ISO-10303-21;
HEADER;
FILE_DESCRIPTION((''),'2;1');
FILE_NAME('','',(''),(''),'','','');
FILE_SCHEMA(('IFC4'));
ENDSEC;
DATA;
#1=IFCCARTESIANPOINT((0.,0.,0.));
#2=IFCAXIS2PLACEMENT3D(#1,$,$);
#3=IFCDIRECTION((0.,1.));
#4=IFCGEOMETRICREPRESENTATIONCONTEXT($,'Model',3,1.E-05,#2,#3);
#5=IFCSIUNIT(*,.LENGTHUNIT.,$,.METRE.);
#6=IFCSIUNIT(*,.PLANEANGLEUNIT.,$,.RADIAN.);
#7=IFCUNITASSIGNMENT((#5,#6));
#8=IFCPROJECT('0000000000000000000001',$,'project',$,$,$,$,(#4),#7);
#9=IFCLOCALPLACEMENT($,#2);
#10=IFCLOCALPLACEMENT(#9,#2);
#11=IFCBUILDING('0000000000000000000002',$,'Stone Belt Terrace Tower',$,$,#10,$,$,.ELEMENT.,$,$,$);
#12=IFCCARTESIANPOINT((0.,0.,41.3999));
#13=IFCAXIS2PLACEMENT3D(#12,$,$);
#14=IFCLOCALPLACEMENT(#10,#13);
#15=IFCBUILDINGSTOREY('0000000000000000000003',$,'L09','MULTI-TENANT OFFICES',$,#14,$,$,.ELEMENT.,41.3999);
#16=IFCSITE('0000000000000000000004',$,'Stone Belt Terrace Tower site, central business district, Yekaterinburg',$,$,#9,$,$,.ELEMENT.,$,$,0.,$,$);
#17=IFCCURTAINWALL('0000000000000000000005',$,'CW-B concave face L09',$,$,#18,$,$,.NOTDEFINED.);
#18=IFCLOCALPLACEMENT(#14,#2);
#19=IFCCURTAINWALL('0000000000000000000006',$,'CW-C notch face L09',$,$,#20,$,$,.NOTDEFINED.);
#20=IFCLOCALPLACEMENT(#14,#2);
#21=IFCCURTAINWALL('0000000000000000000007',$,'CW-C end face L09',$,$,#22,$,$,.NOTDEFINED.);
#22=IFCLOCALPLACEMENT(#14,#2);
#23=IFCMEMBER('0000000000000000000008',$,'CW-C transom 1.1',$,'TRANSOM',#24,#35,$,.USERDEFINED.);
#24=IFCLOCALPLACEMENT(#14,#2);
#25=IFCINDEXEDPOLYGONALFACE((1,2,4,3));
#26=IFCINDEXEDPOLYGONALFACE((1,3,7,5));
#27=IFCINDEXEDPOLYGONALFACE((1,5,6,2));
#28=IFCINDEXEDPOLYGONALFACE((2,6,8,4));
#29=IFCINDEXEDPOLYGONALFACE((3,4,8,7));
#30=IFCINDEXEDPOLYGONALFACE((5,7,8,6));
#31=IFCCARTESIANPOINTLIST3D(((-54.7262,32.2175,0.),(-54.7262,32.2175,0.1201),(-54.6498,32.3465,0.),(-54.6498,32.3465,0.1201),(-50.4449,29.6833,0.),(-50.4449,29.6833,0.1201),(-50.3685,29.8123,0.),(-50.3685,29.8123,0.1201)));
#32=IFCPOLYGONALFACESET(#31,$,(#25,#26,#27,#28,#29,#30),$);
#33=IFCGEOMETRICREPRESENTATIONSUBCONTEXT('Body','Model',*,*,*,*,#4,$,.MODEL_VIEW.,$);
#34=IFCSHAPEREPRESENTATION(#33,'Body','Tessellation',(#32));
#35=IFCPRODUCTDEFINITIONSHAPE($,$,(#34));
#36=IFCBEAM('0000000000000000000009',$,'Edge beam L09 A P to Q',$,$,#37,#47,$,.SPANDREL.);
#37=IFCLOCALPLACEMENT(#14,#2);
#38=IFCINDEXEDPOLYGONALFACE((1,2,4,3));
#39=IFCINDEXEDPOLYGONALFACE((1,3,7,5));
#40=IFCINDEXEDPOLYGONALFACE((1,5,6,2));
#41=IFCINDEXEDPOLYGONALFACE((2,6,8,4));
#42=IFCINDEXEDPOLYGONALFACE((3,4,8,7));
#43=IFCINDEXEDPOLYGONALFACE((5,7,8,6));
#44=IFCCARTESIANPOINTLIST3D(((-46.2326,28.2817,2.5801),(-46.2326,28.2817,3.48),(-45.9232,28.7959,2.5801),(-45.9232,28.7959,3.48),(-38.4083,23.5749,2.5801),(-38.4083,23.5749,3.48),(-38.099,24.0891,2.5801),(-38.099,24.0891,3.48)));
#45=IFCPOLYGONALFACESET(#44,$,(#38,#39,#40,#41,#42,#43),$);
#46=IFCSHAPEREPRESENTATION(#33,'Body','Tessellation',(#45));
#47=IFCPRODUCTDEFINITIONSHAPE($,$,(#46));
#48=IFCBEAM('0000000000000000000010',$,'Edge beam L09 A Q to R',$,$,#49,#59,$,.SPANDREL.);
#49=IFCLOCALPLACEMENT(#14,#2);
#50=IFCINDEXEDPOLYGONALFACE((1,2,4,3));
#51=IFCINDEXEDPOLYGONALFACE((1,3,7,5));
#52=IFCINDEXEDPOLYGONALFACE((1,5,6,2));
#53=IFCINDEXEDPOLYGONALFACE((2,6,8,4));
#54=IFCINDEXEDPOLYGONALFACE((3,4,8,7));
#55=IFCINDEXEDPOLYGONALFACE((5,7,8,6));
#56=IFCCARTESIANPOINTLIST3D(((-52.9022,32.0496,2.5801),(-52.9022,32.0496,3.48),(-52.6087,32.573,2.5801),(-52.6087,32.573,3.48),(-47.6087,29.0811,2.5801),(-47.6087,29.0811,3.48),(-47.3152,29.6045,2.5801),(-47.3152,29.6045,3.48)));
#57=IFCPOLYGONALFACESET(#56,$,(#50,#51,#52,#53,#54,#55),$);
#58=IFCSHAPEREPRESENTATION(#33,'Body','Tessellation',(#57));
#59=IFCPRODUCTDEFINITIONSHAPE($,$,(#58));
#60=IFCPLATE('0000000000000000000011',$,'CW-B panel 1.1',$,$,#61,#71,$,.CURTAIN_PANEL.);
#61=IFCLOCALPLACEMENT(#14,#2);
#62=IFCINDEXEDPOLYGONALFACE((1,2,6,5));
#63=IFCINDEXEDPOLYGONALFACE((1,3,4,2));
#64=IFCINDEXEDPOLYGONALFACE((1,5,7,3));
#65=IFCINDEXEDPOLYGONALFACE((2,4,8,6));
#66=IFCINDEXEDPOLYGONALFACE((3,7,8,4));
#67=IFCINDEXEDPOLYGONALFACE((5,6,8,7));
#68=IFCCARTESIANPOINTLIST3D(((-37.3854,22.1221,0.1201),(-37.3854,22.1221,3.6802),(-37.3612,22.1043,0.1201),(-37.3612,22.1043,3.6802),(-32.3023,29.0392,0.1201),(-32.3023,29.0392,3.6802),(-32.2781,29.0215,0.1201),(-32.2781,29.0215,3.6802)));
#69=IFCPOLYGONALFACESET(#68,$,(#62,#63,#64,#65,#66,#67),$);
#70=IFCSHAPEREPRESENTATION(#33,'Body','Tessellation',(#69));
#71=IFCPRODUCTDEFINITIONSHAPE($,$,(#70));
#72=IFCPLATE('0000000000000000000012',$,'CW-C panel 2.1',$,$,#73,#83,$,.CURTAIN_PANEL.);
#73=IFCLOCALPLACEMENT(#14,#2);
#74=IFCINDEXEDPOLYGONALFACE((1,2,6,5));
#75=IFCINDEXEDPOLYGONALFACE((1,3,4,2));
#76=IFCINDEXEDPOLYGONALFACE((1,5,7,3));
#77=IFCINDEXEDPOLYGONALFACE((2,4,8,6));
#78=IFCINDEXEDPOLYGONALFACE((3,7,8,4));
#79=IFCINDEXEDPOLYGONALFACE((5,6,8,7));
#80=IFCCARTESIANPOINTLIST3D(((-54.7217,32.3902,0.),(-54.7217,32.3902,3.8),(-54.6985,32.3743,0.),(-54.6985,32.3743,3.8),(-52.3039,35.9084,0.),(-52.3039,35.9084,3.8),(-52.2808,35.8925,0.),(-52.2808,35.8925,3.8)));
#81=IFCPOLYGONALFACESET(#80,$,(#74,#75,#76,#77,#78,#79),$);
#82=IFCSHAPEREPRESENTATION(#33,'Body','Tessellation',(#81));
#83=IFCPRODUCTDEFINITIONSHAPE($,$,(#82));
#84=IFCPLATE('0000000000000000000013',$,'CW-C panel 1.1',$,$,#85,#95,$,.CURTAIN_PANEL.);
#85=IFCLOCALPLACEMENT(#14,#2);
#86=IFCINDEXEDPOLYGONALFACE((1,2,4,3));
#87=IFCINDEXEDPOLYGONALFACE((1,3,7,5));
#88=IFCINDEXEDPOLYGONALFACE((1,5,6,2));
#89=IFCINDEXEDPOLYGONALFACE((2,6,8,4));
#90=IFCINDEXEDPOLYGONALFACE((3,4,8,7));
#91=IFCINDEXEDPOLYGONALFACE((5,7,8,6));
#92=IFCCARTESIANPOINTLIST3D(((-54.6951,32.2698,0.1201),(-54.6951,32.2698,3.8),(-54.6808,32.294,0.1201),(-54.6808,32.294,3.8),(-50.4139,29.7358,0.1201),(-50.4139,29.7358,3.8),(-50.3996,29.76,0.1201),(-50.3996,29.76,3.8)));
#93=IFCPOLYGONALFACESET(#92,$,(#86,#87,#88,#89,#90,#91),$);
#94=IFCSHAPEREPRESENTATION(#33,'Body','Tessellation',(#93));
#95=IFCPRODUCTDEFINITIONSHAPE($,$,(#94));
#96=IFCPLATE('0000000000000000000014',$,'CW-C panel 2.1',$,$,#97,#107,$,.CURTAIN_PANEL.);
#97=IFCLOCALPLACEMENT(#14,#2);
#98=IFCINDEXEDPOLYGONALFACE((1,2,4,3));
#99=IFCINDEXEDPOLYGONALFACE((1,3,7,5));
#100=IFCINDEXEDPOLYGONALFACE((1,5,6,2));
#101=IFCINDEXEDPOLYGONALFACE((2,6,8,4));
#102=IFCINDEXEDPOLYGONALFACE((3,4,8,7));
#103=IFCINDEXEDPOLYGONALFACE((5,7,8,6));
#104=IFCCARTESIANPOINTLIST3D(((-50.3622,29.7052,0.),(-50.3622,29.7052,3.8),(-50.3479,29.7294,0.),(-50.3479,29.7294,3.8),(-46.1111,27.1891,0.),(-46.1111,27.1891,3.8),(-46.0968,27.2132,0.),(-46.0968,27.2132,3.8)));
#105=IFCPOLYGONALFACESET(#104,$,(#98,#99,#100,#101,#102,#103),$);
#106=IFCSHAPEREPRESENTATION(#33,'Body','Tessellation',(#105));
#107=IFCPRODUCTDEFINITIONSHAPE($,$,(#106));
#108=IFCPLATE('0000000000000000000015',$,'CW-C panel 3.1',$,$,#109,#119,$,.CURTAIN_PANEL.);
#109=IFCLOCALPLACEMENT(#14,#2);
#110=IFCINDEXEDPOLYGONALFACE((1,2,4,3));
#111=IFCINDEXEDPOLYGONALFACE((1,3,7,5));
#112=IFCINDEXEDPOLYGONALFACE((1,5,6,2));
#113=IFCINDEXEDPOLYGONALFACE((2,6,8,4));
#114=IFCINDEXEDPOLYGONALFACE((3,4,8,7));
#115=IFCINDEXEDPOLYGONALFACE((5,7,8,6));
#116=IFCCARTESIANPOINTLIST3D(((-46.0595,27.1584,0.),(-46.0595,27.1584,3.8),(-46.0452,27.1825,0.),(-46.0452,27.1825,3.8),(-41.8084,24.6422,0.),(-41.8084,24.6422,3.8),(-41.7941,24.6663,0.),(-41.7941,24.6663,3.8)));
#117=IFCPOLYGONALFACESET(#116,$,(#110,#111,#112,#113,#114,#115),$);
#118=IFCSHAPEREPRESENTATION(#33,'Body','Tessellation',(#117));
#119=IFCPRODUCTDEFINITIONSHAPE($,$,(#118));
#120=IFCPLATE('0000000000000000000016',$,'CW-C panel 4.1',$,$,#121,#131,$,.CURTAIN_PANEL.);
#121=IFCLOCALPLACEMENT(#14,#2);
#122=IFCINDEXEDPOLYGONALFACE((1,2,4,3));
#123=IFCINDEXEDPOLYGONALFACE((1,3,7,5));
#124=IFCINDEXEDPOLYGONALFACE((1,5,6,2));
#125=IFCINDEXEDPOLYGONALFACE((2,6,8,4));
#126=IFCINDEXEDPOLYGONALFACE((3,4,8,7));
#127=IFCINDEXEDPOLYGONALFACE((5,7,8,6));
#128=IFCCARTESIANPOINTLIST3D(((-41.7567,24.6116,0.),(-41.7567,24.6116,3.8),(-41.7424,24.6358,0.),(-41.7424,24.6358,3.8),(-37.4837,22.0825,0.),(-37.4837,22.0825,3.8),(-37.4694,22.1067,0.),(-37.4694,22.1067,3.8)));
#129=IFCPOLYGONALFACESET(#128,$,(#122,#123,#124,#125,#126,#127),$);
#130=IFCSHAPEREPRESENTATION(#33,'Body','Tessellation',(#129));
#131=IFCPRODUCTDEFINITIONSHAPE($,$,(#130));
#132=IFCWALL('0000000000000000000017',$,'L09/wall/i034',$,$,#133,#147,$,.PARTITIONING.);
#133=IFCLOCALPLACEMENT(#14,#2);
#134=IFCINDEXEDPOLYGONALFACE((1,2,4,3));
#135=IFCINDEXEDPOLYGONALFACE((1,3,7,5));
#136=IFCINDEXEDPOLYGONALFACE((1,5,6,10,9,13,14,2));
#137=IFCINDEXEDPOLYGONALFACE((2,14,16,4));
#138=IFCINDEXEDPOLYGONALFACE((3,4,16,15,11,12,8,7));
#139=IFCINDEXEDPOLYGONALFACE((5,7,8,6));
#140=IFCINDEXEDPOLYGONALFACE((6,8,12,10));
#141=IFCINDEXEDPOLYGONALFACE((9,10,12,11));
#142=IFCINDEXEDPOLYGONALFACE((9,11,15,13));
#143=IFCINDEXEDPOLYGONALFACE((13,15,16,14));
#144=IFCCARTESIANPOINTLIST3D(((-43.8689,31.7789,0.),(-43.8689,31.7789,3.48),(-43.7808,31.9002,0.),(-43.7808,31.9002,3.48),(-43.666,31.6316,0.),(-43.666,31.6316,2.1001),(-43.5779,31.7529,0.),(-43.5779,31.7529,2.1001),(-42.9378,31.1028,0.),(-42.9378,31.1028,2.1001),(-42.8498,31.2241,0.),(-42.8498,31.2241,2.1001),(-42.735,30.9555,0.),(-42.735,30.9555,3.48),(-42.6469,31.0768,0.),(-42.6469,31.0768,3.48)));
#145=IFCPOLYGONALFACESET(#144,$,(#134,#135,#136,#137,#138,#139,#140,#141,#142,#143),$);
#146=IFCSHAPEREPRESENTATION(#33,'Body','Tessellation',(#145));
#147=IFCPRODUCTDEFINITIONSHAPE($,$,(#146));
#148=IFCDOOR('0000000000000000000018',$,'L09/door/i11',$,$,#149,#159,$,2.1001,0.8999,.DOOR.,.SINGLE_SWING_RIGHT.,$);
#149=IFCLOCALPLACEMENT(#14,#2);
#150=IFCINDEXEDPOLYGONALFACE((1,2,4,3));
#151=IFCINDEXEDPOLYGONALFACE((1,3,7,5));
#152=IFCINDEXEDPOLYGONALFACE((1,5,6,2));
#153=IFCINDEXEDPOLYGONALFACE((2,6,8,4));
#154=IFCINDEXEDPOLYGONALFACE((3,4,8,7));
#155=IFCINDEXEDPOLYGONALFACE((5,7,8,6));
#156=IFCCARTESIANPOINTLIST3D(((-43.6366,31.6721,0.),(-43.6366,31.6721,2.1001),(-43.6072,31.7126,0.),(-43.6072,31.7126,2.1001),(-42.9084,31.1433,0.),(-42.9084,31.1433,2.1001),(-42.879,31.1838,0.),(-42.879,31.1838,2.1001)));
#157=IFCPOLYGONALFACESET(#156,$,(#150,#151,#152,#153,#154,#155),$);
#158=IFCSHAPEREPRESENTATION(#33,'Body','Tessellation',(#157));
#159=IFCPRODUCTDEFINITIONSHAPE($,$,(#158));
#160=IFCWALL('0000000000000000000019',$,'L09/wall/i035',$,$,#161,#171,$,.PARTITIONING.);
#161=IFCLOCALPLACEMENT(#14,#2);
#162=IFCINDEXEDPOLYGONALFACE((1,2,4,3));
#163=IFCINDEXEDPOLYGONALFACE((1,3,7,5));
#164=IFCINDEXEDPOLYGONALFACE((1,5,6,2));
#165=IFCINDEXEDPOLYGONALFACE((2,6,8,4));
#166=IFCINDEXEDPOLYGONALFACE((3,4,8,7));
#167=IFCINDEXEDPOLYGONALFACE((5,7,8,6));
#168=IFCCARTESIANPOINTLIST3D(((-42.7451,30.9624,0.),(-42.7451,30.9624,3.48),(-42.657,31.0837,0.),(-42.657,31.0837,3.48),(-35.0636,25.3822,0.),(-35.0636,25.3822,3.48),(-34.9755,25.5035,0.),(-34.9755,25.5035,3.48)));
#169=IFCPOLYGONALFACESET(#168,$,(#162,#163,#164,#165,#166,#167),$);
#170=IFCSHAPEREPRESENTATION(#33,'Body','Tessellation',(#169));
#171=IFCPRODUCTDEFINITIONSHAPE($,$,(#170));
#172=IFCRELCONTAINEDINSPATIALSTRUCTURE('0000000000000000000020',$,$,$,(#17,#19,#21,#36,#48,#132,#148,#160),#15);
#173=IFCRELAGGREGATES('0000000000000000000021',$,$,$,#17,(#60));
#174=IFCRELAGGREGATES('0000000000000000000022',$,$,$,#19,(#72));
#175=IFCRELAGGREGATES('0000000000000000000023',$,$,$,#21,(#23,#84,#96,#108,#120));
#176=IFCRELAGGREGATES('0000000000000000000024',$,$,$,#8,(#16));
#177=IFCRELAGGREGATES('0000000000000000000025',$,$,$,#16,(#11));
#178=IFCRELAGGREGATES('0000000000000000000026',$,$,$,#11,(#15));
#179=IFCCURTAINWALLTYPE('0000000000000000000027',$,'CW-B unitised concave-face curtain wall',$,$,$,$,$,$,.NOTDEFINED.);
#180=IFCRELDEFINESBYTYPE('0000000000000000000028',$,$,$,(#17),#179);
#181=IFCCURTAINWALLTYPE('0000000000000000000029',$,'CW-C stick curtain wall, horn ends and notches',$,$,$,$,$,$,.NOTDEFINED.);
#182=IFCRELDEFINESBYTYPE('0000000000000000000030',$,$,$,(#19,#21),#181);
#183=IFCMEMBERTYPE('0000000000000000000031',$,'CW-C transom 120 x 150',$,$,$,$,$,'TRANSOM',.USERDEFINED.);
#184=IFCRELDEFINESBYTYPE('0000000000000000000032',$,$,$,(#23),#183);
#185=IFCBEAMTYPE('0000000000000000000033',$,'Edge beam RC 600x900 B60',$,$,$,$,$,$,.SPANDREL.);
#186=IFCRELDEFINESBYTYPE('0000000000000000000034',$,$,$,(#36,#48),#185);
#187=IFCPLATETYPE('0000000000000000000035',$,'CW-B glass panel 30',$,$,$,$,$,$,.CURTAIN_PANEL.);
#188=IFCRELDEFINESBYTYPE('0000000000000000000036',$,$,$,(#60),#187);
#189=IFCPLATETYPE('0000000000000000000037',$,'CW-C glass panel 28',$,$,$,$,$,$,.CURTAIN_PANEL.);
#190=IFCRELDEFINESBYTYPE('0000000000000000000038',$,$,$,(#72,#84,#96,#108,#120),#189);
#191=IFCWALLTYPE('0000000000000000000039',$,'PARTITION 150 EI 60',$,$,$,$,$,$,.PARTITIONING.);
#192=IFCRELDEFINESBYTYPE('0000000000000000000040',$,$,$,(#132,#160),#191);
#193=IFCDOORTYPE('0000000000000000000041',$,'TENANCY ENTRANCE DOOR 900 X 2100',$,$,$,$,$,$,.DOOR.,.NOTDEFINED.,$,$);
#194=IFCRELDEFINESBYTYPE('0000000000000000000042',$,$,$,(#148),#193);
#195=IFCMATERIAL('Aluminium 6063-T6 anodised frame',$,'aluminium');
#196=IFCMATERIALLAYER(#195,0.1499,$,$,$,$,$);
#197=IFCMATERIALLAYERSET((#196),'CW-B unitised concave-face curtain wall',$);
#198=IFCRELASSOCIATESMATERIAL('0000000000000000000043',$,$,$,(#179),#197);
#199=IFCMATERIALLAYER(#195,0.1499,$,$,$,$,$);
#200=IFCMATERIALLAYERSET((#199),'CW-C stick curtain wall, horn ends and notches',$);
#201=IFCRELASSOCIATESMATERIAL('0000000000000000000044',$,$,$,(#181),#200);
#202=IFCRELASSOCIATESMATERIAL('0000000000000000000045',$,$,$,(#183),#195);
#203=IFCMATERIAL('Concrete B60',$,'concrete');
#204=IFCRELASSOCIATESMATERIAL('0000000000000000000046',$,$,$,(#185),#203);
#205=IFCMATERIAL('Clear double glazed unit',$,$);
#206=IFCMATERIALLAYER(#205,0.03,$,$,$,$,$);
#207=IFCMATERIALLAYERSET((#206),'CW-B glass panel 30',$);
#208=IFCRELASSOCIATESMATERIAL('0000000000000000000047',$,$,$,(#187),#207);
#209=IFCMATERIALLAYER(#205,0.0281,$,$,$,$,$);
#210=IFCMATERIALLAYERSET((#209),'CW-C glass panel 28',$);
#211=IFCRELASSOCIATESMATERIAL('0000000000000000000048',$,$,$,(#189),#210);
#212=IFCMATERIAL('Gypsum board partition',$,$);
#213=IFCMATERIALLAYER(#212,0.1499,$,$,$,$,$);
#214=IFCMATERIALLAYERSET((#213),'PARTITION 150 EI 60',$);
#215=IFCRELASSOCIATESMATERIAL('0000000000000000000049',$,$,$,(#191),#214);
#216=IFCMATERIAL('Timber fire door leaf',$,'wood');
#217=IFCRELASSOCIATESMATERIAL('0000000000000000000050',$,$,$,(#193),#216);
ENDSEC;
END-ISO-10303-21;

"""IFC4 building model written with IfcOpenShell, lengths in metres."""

from ifc_helpers import new_model, si_unit, direction, frame, frame_2d, origin, origin_2d, place, context, subcontext, project, spatial, rectangle, extrude, material, layer, layer_set, material_profile, profile_set, type_object, element, fill, aggregate, save


model = new_model("IFC4")

# Units and contexts
model_context = context("Model", 3, precision=1e-05, world=origin(), true_north=direction((0.0, 1.0)))
body_context = subcontext(model_context, "Body", "Model", "MODEL_VIEW")
ifc_project = project(units=[si_unit("LENGTHUNIT", "METRE"), si_unit("PLANEANGLEUNIT", "RADIAN")], contexts=[model_context])

# Site, building, storey
site_placement = place(None, origin())
site = spatial("IfcSite", under=ifc_project, at=site_placement, Name="Stone Belt Terrace Tower site, central business district, Yekaterinburg", CompositionType="ELEMENT", RefElevation=0.0)
building_placement = place(site_placement, origin())
building = spatial("IfcBuilding", under=site, at=building_placement, Name="Stone Belt Terrace Tower", CompositionType="ELEMENT")
storey_placement = place(building_placement, frame((0.0, 0.0, 41.3999)))
storey = spatial("IfcBuildingStorey", under=building, at=storey_placement, Name="L09", Description="MULTI-TENANT OFFICES", CompositionType="ELEMENT", Elevation=41.3999)

# Curtain wall
ifc_material_1 = material(Name="Aluminium 6063-T6 anodised frame", Category="aluminium")
ifc_layer_1 = layer(ifc_material_1, 0.1499)
ifc_layer_set_1 = layer_set([ifc_layer_1], Name="CW-B unitised concave-face curtain wall")
curtain_wall_type_1 = type_object("IfcCurtainWallType", Name="CW-B unitised concave-face curtain wall", PredefinedType="NOTDEFINED", material=ifc_layer_set_1)
curtain_wall_1_placement = place(storey_placement, origin())
curtain_wall_1 = element("IfcCurtainWall", 1, at=curtain_wall_1_placement, inside=storey, type_object=curtain_wall_type_1, Name="CW-B concave face L09", PredefinedType="NOTDEFINED")

# Curtain wall
ifc_layer_2 = layer(ifc_material_1, 0.1499)
ifc_layer_set_2 = layer_set([ifc_layer_2], Name="CW-C stick curtain wall, horn ends and notches")
curtain_wall_type_2 = type_object("IfcCurtainWallType", Name="CW-C stick curtain wall, horn ends and notches", PredefinedType="NOTDEFINED", material=ifc_layer_set_2)
curtain_wall_2_placement = place(storey_placement, origin())
curtain_wall_2 = element("IfcCurtainWall", 2, at=curtain_wall_2_placement, inside=storey, type_object=curtain_wall_type_2, Name="CW-C notch face L09", PredefinedType="NOTDEFINED")

# Curtain wall, member
curtain_wall_3_placement = place(storey_placement, origin())
curtain_wall_3 = element("IfcCurtainWall", 3, at=curtain_wall_3_placement, inside=storey, type_object=curtain_wall_type_2, Name="CW-C end face L09", PredefinedType="NOTDEFINED")
ifc_material_profile_1 = material_profile(ifc_material_1, rectangle(XDim=0.1499, YDim=0.1201, at=origin_2d()), Name="Aluminium 6063-T6 150x120")
ifc_profile_set_1 = profile_set([ifc_material_profile_1], Name="Aluminium 6063-T6 anodised frame")
member_type_1 = type_object("IfcMemberType", Name="CW-C transom 120 x 150", ElementType="TRANSOM", PredefinedType="USERDEFINED", material=ifc_profile_set_1)
member_1_placement = place(storey_placement, frame((-54.688, 32.282, 0.0601), z_axis=(0.860543, -0.509377, 0.0), x_axis=(0.509377, 0.860543, 0.0)))
member_1 = element("IfcMember", 4, at=member_1_placement, type_object=member_type_1, Name="CW-C transom 1.1", ObjectType="TRANSOM", PredefinedType="USERDEFINED", context=body_context, shape_type="SweptSolid", body=[
    extrude(rectangle(XDim=0.1499, YDim=0.1201, at=origin_2d()), origin(), (0.0, 0.0, 1.0), 4.9751),
])

# Beams
ifc_material_2 = material(Name="Concrete B60", Category="concrete")
ifc_material_profile_2 = material_profile(ifc_material_2, rectangle(XDim=0.6001, YDim=0.8999, at=origin_2d()), Name="RC 600x900")
ifc_profile_set_2 = profile_set([ifc_material_profile_2], Name="Concrete B60")
beam_type = type_object("IfcBeamType", Name="Edge beam RC 600x900 B60", PredefinedType="SPANDREL", material=ifc_profile_set_2)
beam_1_placement = place(storey_placement, frame((-38.2537, 23.832, 3.03), z_axis=(-0.8569, 0.515482, 0.0), x_axis=(-0.515482, -0.8569, 0.0)))
element("IfcBeam", 5, at=beam_1_placement, inside=storey, type_object=beam_type, Name="Edge beam L09 A P to Q", PredefinedType="SPANDREL", context=body_context, shape_type="SweptSolid", body=[
    extrude(rectangle(XDim=0.6001, YDim=0.8999, at=origin_2d()), origin(), (0.0, 0.0, 1.0), 9.1309),
])
beam_2_placement = place(storey_placement, frame((-47.4619, 29.3428, 3.03), z_axis=(-0.872213, 0.489126, 0.0), x_axis=(-0.489126, -0.872213, 0.0)))
element("IfcBeam", 6, at=beam_2_placement, inside=storey, type_object=beam_type, Name="Edge beam L09 A Q to R", PredefinedType="SPANDREL", context=body_context, shape_type="SweptSolid", body=[
    extrude(rectangle(XDim=0.6001, YDim=0.8999, at=origin_2d()), origin(), (0.0, 0.0, 1.0), 6.0691),
])

# Plates
ifc_material_3 = material(Name="Clear double glazed unit")
ifc_layer_3 = layer(ifc_material_3, 0.03)
ifc_layer_set_3 = layer_set([ifc_layer_3], Name="CW-B glass panel 30")
plate_type_1 = type_object("IfcPlateType", Name="CW-B glass panel 30", PredefinedType="CURTAIN_PANEL", material=ifc_layer_set_3)
plate_1_placement = place(storey_placement, frame((-34.8318, 25.5718, 0.1201), z_axis=(0.0, 0.0, 1.0), x_axis=(0.592159, 0.805821, 0.0)))
plate_1 = element("IfcPlate", 7, at=plate_1_placement, type_object=plate_type_1, Name="CW-B panel 1.1", PredefinedType="CURTAIN_PANEL", context=body_context, shape_type="SweptSolid", body=[
    extrude(rectangle(XDim=8.584, YDim=0.03, at=origin_2d()), origin(), (0.0, 0.0, 1.0), 3.5601),
])
aggregate(curtain_wall_1, [plate_1])
ifc_layer_4 = layer(ifc_material_3, 0.0281)
ifc_layer_set_4 = layer_set([ifc_layer_4], Name="CW-C glass panel 28")
plate_type_2 = type_object("IfcPlateType", Name="CW-C glass panel 28", PredefinedType="CURTAIN_PANEL", material=ifc_layer_set_4)
plate_2_placement = place(storey_placement, frame((-53.5012, 34.1414, 0.0), z_axis=(0.0, 0.0, 1.0), x_axis=(-0.566376, -0.824147, 0.0)))
plate_2 = element("IfcPlate", 8, at=plate_2_placement, type_object=plate_type_2, Name="CW-C panel 2.1", PredefinedType="CURTAIN_PANEL", context=body_context, shape_type="SweptSolid", body=[
    extrude(rectangle(XDim=4.2688, YDim=0.0281, at=origin_2d()), origin(), (0.0, 0.0, 1.0), 3.8),
])
aggregate(curtain_wall_2, [plate_2])
plate_3_placement = place(storey_placement, frame((-52.5474, 31.0149, 0.1201), z_axis=(0.0, 0.0, 1.0), x_axis=(0.860558, -0.509353, 0.0)))
plate_3 = element("IfcPlate", 9, at=plate_3_placement, type_object=plate_type_2, Name="CW-C panel 1.1", PredefinedType="CURTAIN_PANEL", context=body_context, shape_type="SweptSolid", body=[
    extrude(rectangle(XDim=4.9749, YDim=0.0281, at=origin_2d()), origin(), (0.0, 0.0, 1.0), 3.6799),
])
plate_4_placement = place(storey_placement, frame((-48.2295, 28.4592, 0.0), z_axis=(0.0, 0.0, 1.0), x_axis=(0.860558, -0.509353, 0.0)))
plate_4 = element("IfcPlate", 10, at=plate_4_placement, type_object=plate_type_2, Name="CW-C panel 2.1", PredefinedType="CURTAIN_PANEL", context=body_context, shape_type="SweptSolid", body=[
    extrude(rectangle(XDim=4.9399, YDim=0.0281, at=origin_2d()), origin(), (0.0, 0.0, 1.0), 3.8),
])
plate_5_placement = place(storey_placement, frame((-43.9268, 25.9124, 0.0), z_axis=(0.0, 0.0, 1.0), x_axis=(0.860558, -0.509353, 0.0)))
plate_5 = element("IfcPlate", 11, at=plate_5_placement, type_object=plate_type_2, Name="CW-C panel 3.1", PredefinedType="CURTAIN_PANEL", context=body_context, shape_type="SweptSolid", body=[
    extrude(rectangle(XDim=4.9399, YDim=0.0281, at=origin_2d()), origin(), (0.0, 0.0, 1.0), 3.8),
])
plate_6_placement = place(storey_placement, frame((-39.613, 23.3591, 0.0), z_axis=(0.0, 0.0, 1.0), x_axis=(0.860558, -0.509353, 0.0)))
plate_6 = element("IfcPlate", 12, at=plate_6_placement, type_object=plate_type_2, Name="CW-C panel 4.1", PredefinedType="CURTAIN_PANEL", context=body_context, shape_type="SweptSolid", body=[
    extrude(rectangle(XDim=4.9653, YDim=0.0281, at=origin_2d()), origin(), (0.0, 0.0, 1.0), 3.8),
])
aggregate(curtain_wall_3, [member_1, plate_3, plate_4, plate_5, plate_6])

# Wall, opening, door
ifc_material_4 = material(Name="Gypsum board partition")
ifc_layer_5 = layer(ifc_material_4, 0.1499)
ifc_layer_set_5 = layer_set([ifc_layer_5], Name="PARTITION 150 EI 60")
wall_type = type_object("IfcWallType", Name="PARTITION 150 EI 60", PredefinedType="PARTITIONING", material=ifc_layer_set_5)
wall_1_placement = place(storey_placement, frame((-42.6909, 31.0161, 0.0), z_axis=(0.0, 0.0, 1.0), x_axis=(-0.809165, 0.587581, 0.0)))
wall_1 = element("IfcWall", 13, at=wall_1_placement, inside=storey, type_object=wall_type, Name="L09/wall/i034", PredefinedType="PARTITIONING", context=body_context, shape_type="SweptSolid", body=[
    extrude(rectangle(XDim=1.4014, YDim=0.1499, at=frame_2d((0.7007, 0.0))), origin(), (0.0, 0.0, 1.0), 3.48),
])
opening_1_placement = place(wall_1_placement, frame((0.2507, 0.0, 0.0)))
opening_1 = element("IfcOpeningElement", 14, at=opening_1_placement, cuts=wall_1, PredefinedType="OPENING", context=body_context, shape_type="SweptSolid", body=[
    extrude(rectangle(XDim=0.8999, YDim=2.1001, at=frame_2d((0.45, 1.05))), frame((0.0, 0.085, 0.0), z_axis=(0.0, -1.0, 0.0), x_axis=(1.0, 0.0, 0.0)), (0.0, 0.0, 1.0), 0.1699),
])
ifc_material_5 = material(Name="Timber fire door leaf", Category="wood")
door_type_1 = type_object("IfcDoorType", Name="TENANCY ENTRANCE DOOR 900 X 2100", OperationType="NOTDEFINED", PredefinedType="DOOR", material=ifc_material_5)
door_1_placement = place(opening_1_placement, origin())
door_1 = element("IfcDoor", 15, at=door_1_placement, inside=storey, type_object=door_type_1, Name="L09/door/i11", OperationType="SINGLE_SWING_RIGHT", OverallHeight=2.1001, OverallWidth=0.8999, PredefinedType="DOOR", context=body_context, shape_type="SweptSolid", body=[
    extrude(rectangle(XDim=0.8999, YDim=2.1001, at=frame_2d((0.45, 1.05))), frame((0.0, 0.0249, 0.0), z_axis=(0.0, -1.0, 0.0), x_axis=(1.0, 0.0, 0.0)), (0.0, 0.0, 1.0), 0.05),
])
fill(opening_1, door_1)

# Wall
wall_2_placement = place(storey_placement, frame((-42.7009, 31.0229, 0.0), z_axis=(0.0, 0.0, 1.0), x_axis=(0.809056, -0.587731, 0.0)))
element("IfcWall", 16, at=wall_2_placement, inside=storey, type_object=wall_type, Name="L09/wall/i035", PredefinedType="PARTITIONING", context=body_context, shape_type="SweptSolid", body=[
    extrude(rectangle(XDim=9.4944, YDim=0.1499, at=frame_2d((4.7471, 0.0))), origin(), (0.0, 0.0, 1.0), 3.48),
])

save(model, "model.ifc")
